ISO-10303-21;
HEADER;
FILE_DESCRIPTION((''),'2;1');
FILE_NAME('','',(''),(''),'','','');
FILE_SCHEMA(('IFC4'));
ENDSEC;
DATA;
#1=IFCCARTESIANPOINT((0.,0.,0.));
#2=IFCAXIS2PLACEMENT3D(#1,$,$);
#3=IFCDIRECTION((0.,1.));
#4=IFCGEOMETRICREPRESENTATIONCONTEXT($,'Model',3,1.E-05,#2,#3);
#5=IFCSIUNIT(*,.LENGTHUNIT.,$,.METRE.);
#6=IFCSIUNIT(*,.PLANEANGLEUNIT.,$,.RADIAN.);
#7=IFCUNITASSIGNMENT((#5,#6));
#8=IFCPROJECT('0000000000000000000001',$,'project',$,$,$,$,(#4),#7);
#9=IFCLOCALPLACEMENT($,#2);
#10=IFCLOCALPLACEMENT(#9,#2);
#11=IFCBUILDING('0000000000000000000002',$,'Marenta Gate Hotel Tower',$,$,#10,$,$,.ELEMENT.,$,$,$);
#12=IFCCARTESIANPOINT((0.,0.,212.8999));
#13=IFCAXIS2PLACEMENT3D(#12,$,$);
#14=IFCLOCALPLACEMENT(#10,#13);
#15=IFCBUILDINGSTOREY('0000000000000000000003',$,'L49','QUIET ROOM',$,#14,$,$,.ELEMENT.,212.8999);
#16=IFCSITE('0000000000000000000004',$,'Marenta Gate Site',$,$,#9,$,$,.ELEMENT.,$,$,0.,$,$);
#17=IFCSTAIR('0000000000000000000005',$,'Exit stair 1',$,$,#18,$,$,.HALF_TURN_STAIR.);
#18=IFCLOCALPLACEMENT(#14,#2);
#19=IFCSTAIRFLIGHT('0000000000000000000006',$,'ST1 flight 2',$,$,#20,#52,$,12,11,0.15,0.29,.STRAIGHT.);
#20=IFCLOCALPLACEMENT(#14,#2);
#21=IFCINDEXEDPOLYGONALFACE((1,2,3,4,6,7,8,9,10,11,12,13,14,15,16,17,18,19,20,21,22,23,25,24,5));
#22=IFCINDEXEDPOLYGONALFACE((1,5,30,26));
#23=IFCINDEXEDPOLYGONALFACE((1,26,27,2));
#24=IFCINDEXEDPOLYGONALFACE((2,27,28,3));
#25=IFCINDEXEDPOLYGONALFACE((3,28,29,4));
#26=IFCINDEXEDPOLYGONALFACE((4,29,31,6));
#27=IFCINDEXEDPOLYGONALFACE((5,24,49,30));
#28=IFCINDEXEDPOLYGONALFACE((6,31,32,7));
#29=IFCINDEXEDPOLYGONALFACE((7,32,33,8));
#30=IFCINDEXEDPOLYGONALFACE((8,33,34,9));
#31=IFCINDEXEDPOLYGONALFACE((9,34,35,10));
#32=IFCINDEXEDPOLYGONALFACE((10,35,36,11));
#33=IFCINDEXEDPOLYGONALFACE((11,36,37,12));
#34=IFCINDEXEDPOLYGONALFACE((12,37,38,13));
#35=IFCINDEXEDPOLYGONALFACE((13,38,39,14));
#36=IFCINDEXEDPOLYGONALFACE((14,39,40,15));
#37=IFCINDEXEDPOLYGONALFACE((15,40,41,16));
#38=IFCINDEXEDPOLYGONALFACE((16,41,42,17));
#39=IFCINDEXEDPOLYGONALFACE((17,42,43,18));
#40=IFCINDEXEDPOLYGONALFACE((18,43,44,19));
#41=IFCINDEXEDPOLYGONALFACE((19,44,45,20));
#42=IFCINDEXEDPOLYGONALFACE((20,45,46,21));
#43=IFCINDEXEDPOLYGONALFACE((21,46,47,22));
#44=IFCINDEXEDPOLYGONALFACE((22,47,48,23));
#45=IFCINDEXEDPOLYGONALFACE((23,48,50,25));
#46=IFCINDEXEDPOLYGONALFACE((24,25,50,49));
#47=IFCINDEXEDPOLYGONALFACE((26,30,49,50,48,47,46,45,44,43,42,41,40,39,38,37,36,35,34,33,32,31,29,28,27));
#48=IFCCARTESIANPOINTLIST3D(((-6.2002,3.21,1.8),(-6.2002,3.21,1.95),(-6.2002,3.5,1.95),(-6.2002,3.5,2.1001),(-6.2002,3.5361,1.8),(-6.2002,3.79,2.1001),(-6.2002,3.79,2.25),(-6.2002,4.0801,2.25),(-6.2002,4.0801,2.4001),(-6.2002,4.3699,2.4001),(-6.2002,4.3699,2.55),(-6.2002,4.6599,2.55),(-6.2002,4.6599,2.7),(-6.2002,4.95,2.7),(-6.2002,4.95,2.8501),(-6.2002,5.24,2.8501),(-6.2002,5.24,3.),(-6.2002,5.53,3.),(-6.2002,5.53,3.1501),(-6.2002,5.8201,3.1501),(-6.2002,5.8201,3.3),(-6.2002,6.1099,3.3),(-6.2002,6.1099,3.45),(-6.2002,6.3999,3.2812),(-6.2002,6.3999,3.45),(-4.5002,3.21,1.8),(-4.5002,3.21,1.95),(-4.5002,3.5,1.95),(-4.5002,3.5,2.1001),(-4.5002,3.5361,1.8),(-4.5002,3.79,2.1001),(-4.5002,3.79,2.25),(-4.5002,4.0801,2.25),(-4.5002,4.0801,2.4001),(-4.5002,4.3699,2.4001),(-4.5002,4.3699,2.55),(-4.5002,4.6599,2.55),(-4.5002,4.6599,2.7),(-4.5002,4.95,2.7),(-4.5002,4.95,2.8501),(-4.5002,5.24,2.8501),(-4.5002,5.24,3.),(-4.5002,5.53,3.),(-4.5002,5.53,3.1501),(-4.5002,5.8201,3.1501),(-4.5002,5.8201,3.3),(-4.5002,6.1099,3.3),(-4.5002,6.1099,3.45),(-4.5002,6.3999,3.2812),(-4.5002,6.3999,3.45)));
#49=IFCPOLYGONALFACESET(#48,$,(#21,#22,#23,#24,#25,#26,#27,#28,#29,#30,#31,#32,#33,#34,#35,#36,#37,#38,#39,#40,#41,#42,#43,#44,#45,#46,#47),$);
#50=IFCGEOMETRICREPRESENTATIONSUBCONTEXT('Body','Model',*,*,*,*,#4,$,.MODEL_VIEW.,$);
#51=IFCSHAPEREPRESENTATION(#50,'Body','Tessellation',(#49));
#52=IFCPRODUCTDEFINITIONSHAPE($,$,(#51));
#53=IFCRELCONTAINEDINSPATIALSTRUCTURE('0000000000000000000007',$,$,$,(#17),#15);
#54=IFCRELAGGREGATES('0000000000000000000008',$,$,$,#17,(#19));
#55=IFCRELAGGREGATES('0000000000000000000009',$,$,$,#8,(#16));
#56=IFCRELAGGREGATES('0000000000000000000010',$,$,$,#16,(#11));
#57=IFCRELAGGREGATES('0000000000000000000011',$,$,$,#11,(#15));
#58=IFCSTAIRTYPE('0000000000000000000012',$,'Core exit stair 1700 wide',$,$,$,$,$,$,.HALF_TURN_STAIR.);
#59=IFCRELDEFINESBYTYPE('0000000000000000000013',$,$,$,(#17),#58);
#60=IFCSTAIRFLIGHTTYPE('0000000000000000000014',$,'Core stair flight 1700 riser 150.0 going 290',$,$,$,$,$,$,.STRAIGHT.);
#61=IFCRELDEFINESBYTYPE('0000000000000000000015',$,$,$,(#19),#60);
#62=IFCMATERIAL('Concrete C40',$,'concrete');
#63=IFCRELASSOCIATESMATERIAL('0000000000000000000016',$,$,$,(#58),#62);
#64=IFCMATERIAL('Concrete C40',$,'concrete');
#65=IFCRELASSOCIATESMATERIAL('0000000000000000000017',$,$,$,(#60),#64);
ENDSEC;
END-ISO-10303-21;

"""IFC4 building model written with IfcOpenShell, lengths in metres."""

from ifc_helpers import new_model, si_unit, direction, frame, origin, place, context, subcontext, project, spatial, polyline, outline, extrude, material, type_object, element, aggregate, save


model = new_model("IFC4")

# Units and contexts
model_context = context("Model", 3, precision=1e-05, world=origin(), true_north=direction((0.0, 1.0)))
body_context = subcontext(model_context, "Body", "Model", "MODEL_VIEW")
ifc_project = project(units=[si_unit("LENGTHUNIT", "METRE"), si_unit("PLANEANGLEUNIT", "RADIAN")], contexts=[model_context])

# Site, building, storey
site_placement = place(None, origin())
site = spatial("IfcSite", under=ifc_project, at=site_placement, Name="Marenta Gate Site", CompositionType="ELEMENT", RefElevation=0.0)
building_placement = place(site_placement, origin())
building = spatial("IfcBuilding", under=site, at=building_placement, Name="Marenta Gate Hotel Tower", CompositionType="ELEMENT")
storey_placement = place(building_placement, frame((0.0, 0.0, 212.8999)))
storey = spatial("IfcBuildingStorey", under=building, at=storey_placement, Name="L49", Description="QUIET ROOM", CompositionType="ELEMENT", Elevation=212.8999)

# Stair, stair flight
ifc_material_1 = material(Name="Concrete C40", Category="concrete")
stair_type = type_object("IfcStairType", Name="Core exit stair 1700 wide", PredefinedType="HALF_TURN_STAIR", material=ifc_material_1)
stair_placement = place(storey_placement, origin())
stair = element("IfcStair", 1, at=stair_placement, inside=storey, type_object=stair_type, Name="Exit stair 1", PredefinedType="HALF_TURN_STAIR")
ifc_material_2 = material(Name="Concrete C40", Category="concrete")
stair_flight_type = type_object("IfcStairFlightType", Name="Core stair flight 1700 riser 150.0 going 290", PredefinedType="STRAIGHT", material=ifc_material_2)
stair_flight_placement = place(storey_placement, frame((-5.3501, 3.21, 1.8), z_axis=(0.0, 0.0, 1.0), x_axis=(0.0, 1.0, 0.0)))
stair_flight = element("IfcStairFlight", 2, at=stair_flight_placement, type_object=stair_flight_type, Name="ST1 flight 2", NumberOfRisers=12, NumberOfTreads=11, PredefinedType="STRAIGHT", RiserHeight=0.15, TreadLength=0.29, context=body_context, shape_type="SweptSolid", body=[
    extrude(outline(polyline([(0.0, 0.0), (0.0, 0.1499), (0.29, 0.1499), (0.29, 0.3), (0.5801, 0.3), (0.5801, 0.45), (0.8701, 0.45), (0.8701, 0.6001), (1.1599, 0.6001), (1.1599, 0.75), (1.45, 0.75), (1.45, 0.8999), (1.74, 0.8999), (1.74, 1.05), (2.03, 1.05), (2.03, 1.2), (2.3201, 1.2), (2.3201, 1.3501), (2.6101, 1.3501), (2.6101, 1.5), (2.8999, 1.5), (2.8999, 1.6499), (3.1899, 1.6499), (3.1899, 1.8), (3.1899, 1.4812), (0.3262, 0.0), (0.0, 0.0)])), frame((0.0, 0.8501, 0.0), z_axis=(0.0, -1.0, 0.0), x_axis=(1.0, 0.0, 0.0)), (0.0, 0.0, 1.0), 1.7),
])
aggregate(stair, [stair_flight])

save(model, "model.ifc")
